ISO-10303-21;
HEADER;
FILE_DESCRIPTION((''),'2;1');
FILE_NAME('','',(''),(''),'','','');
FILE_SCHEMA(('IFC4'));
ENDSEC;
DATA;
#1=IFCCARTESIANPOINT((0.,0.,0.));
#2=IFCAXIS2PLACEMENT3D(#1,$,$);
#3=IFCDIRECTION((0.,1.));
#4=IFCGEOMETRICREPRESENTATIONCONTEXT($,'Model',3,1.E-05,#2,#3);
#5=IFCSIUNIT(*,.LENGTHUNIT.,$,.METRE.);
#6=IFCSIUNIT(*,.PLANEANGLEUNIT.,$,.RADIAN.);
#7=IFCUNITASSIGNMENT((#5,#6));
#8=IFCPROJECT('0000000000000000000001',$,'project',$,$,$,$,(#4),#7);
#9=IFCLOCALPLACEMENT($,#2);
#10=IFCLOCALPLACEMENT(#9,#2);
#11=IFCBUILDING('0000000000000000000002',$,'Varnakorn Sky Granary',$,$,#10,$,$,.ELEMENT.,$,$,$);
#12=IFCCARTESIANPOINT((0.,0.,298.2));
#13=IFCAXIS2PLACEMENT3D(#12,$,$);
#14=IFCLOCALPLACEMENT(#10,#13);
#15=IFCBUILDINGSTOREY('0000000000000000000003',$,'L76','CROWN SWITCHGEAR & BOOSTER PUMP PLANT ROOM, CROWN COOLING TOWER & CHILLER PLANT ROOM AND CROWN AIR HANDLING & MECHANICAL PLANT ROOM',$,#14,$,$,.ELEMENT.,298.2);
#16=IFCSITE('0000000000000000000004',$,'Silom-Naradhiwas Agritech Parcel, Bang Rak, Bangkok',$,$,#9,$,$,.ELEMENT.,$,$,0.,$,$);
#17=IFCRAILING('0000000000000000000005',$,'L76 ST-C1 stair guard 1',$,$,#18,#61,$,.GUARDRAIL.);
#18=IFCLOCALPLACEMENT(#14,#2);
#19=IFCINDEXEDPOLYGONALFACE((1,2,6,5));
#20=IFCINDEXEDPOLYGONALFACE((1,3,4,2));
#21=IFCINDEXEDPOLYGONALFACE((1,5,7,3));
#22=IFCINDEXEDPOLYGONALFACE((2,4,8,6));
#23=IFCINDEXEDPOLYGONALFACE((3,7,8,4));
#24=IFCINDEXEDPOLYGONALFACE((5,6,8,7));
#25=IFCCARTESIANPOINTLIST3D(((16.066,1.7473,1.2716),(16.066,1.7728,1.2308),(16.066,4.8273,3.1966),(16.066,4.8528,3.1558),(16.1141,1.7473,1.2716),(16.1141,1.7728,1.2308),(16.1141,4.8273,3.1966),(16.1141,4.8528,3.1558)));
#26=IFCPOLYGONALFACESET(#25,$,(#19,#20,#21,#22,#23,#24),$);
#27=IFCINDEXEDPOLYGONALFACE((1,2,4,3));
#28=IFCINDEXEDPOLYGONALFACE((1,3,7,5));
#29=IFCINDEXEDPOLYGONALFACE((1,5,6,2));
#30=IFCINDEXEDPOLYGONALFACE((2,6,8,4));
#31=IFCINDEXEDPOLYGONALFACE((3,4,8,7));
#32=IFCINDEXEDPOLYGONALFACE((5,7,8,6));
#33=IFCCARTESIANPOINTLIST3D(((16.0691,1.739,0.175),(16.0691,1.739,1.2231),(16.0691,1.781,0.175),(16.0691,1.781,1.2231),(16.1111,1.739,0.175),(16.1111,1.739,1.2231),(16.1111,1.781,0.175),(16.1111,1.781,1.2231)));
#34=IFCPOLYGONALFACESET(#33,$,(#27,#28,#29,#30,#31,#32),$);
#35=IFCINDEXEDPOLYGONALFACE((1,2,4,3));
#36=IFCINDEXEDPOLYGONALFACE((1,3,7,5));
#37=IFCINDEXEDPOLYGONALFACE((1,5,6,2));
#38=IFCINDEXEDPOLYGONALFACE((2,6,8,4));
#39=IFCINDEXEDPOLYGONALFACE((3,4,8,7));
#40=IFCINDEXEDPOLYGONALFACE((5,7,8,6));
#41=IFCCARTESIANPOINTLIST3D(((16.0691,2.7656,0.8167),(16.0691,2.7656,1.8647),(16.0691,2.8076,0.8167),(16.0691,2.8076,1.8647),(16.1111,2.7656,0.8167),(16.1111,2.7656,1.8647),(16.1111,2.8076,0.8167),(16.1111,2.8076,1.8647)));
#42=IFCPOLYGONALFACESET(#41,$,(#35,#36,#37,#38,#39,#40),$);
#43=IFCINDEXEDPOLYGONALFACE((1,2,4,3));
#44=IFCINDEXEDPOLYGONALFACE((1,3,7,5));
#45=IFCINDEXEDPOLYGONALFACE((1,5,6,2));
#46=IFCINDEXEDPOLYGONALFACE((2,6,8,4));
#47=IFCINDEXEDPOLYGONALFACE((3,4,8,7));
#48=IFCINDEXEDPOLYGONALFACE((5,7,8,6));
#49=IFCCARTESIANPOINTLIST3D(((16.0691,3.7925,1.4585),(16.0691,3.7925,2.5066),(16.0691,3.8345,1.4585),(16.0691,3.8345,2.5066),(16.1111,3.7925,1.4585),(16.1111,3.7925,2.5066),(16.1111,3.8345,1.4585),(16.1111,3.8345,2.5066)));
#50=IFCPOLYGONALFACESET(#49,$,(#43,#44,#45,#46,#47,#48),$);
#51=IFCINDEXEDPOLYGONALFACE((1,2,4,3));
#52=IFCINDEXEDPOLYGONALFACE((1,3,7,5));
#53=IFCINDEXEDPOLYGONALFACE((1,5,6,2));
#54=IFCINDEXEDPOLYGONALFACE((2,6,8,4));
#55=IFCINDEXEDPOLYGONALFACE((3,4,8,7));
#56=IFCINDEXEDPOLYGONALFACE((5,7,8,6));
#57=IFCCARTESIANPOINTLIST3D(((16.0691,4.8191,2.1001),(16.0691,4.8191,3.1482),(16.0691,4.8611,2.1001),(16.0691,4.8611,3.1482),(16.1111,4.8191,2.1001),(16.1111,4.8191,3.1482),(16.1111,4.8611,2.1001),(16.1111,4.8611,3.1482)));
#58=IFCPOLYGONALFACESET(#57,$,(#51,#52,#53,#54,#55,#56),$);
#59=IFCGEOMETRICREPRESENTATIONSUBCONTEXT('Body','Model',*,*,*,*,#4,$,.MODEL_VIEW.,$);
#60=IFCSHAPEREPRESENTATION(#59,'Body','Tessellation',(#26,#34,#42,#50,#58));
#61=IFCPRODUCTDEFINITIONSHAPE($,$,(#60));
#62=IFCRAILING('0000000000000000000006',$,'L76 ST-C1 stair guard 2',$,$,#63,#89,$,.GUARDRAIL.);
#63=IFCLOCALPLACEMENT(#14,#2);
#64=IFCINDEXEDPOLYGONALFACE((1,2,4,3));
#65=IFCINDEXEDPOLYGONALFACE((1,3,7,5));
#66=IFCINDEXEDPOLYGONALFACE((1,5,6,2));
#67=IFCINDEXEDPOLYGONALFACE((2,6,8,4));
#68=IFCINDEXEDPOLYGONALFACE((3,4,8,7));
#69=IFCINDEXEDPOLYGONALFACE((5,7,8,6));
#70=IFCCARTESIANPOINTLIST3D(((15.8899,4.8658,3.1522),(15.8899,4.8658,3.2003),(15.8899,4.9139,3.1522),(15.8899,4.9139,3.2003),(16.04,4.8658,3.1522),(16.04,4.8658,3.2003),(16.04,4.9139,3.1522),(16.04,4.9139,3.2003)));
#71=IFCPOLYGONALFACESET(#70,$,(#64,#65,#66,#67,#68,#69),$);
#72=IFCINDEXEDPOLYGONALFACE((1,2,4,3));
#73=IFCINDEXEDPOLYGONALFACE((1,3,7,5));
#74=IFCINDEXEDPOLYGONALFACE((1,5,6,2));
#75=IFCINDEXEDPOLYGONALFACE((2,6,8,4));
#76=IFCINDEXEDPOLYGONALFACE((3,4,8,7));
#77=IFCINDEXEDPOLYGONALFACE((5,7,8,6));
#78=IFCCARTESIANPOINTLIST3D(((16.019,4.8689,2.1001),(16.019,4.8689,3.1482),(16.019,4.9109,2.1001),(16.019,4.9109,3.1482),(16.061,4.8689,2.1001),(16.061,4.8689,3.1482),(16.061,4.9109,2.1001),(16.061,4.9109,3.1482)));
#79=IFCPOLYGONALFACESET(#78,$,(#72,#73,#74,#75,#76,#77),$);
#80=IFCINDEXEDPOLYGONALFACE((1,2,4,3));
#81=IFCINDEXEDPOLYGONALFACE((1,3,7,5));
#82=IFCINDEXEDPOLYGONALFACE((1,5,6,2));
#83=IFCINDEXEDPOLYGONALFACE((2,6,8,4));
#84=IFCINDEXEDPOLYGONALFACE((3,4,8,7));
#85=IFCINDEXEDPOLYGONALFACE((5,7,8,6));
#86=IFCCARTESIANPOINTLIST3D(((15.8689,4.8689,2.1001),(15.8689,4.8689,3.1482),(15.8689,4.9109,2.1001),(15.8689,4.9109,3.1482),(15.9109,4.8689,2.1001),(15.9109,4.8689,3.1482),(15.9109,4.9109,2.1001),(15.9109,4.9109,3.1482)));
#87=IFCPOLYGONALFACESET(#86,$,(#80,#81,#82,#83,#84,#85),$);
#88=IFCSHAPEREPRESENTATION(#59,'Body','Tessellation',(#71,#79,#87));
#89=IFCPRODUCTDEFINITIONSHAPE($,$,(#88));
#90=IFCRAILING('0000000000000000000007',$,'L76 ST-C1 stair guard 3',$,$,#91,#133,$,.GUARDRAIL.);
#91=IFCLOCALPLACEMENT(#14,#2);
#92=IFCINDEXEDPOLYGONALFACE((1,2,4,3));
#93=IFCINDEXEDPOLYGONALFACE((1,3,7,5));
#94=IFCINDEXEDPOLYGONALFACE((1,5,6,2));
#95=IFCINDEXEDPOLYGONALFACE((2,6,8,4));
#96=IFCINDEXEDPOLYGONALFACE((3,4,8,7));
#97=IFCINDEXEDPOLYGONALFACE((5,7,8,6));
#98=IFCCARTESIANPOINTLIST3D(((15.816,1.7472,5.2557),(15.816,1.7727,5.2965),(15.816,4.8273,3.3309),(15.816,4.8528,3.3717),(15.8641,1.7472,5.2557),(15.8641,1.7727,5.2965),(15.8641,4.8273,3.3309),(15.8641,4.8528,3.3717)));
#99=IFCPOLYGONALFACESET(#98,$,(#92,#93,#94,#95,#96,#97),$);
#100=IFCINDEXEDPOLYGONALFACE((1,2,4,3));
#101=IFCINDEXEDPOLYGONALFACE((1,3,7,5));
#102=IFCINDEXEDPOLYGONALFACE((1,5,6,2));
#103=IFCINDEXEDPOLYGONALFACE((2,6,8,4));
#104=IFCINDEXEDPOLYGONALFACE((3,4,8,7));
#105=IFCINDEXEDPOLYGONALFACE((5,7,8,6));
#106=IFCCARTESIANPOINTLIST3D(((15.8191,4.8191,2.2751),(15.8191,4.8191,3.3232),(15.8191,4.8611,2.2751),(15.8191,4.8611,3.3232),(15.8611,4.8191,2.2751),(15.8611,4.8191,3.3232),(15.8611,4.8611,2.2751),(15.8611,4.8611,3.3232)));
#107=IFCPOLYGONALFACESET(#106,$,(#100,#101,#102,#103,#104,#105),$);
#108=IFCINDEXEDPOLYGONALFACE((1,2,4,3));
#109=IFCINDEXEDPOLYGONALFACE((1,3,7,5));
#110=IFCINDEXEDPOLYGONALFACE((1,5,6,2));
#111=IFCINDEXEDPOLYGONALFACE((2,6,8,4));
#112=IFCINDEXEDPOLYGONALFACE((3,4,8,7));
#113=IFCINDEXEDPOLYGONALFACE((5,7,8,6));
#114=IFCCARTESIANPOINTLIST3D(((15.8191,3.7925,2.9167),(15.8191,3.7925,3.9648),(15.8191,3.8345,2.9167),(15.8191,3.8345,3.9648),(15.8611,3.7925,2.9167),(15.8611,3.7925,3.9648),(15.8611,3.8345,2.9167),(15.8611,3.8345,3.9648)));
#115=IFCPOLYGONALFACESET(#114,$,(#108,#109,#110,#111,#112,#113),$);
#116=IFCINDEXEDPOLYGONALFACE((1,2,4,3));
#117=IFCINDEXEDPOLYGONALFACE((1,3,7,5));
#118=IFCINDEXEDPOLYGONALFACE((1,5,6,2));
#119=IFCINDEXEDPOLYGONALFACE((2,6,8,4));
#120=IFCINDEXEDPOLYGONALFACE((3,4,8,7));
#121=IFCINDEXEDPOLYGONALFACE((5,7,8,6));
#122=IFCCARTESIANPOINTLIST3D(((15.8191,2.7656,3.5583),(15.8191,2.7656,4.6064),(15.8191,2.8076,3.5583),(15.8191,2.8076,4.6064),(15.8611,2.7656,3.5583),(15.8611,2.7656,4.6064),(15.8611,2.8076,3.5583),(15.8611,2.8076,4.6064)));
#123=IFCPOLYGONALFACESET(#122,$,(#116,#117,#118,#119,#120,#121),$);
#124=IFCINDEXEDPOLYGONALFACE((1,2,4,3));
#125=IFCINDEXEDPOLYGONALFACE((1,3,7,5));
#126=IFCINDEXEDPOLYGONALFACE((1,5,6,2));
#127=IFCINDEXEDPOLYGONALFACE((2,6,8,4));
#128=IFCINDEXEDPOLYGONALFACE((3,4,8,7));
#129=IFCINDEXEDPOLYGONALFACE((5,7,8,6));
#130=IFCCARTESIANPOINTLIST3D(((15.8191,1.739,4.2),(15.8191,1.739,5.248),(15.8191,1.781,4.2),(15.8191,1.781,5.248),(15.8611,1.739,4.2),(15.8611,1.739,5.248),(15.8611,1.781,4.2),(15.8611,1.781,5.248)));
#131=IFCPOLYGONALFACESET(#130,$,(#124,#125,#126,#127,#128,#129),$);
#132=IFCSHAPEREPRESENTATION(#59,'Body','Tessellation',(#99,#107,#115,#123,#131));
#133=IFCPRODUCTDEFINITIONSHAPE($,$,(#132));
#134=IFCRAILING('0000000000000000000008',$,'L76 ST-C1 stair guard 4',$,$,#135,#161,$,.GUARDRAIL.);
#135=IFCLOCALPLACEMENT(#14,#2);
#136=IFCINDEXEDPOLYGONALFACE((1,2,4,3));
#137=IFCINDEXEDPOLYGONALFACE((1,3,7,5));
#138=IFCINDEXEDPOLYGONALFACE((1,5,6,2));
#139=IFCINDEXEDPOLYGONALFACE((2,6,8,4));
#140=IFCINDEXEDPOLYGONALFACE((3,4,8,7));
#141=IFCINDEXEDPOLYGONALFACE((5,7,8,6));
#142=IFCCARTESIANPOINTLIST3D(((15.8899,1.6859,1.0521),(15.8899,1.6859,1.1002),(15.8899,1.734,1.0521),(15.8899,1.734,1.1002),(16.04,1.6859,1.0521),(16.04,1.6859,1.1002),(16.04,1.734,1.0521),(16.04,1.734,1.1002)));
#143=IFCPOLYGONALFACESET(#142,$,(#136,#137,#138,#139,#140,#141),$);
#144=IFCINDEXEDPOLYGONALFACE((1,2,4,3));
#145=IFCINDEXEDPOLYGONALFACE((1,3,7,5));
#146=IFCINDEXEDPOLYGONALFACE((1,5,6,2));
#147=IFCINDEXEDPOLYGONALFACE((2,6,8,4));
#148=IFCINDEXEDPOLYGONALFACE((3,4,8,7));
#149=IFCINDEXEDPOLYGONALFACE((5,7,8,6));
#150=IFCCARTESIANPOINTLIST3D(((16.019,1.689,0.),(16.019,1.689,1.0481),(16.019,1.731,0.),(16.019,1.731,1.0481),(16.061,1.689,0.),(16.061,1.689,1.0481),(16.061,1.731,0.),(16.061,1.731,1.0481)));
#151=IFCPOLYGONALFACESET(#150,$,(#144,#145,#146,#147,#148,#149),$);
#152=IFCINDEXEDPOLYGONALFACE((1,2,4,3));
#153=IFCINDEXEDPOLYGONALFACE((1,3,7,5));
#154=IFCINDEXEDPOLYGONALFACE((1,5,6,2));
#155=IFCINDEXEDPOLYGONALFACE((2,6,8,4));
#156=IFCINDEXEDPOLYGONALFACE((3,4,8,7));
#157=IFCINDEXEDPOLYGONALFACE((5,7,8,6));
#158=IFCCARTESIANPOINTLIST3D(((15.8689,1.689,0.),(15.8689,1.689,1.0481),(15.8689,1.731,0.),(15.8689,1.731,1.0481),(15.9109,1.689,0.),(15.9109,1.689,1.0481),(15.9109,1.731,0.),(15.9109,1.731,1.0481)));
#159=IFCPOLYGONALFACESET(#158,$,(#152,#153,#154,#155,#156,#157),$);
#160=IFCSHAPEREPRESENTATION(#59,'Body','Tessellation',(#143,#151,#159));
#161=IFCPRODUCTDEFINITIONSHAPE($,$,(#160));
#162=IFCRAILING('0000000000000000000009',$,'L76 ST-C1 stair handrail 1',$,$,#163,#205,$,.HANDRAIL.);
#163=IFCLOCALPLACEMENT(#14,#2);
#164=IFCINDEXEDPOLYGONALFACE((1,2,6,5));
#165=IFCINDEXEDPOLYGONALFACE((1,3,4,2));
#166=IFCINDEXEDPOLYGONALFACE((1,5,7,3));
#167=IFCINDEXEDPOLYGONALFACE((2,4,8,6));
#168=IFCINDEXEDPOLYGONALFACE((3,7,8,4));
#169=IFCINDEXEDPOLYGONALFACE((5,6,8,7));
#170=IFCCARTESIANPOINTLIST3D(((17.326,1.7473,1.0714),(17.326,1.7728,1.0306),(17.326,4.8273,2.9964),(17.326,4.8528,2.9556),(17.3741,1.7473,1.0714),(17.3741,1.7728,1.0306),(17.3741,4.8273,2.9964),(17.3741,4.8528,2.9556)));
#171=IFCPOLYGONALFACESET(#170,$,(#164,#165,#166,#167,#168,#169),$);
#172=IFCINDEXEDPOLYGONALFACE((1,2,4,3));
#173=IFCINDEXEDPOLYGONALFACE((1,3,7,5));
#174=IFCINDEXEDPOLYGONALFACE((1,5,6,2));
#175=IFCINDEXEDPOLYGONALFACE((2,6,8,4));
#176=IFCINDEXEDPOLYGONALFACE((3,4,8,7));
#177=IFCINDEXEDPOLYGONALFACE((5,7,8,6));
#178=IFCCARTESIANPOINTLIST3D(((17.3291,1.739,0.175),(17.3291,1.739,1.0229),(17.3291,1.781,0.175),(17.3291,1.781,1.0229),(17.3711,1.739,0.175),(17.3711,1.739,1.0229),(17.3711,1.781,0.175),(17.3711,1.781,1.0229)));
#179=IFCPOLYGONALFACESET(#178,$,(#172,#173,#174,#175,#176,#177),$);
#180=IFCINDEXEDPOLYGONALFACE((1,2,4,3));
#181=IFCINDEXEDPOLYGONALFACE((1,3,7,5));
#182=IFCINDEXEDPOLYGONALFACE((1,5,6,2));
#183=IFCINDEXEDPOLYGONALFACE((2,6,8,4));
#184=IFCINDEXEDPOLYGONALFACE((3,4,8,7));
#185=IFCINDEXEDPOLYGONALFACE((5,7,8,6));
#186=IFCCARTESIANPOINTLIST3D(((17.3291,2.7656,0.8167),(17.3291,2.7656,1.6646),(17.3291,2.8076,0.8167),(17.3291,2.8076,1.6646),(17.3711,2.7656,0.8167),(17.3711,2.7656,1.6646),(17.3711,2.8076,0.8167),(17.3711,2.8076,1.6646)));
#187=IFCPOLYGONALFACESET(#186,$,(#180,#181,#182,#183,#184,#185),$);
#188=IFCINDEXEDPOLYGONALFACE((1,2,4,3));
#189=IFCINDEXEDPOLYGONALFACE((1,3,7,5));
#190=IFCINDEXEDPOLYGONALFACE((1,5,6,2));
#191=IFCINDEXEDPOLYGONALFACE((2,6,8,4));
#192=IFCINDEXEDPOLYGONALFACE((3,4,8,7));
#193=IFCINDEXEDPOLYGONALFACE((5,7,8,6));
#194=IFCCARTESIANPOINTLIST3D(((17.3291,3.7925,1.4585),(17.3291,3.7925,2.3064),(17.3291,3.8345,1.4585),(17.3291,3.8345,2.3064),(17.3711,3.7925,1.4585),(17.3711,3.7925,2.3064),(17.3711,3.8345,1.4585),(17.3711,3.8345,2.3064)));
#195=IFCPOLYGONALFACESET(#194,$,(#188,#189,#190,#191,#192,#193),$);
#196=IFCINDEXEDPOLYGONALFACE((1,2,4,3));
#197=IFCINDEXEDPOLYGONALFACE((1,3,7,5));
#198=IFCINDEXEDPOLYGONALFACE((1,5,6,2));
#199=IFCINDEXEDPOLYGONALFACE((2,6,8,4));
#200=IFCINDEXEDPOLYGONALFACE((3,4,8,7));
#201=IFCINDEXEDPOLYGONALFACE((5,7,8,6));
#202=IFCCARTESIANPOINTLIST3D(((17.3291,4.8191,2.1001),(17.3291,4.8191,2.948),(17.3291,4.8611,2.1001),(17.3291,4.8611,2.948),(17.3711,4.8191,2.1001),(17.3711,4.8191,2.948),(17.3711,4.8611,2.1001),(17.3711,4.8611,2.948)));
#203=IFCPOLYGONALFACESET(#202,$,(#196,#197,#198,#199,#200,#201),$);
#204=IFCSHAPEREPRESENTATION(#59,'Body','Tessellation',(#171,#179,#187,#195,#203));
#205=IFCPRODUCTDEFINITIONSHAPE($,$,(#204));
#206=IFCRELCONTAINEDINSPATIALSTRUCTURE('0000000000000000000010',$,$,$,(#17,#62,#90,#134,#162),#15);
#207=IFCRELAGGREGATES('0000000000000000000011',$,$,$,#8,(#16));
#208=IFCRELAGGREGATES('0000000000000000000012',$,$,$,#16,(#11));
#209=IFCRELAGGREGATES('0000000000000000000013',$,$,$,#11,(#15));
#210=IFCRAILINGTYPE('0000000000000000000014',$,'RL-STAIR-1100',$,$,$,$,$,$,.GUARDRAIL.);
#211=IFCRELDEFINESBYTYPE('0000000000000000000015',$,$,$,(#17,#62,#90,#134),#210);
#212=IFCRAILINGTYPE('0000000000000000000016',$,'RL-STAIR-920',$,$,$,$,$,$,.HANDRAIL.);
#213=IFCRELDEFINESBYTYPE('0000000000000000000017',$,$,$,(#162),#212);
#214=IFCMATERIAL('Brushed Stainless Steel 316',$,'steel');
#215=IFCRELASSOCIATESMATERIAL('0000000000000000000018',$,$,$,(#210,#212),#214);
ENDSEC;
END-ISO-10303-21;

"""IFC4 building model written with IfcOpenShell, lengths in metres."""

from ifc_helpers import new_model, si_unit, direction, frame, origin, origin_2d, place, context, subcontext, project, spatial, rectangle, extrude, material, type_object, element, save


model = new_model("IFC4")

# Units and contexts
model_context = context("Model", 3, precision=1e-05, world=origin(), true_north=direction((0.0, 1.0)))
body_context = subcontext(model_context, "Body", "Model", "MODEL_VIEW")
ifc_project = project(units=[si_unit("LENGTHUNIT", "METRE"), si_unit("PLANEANGLEUNIT", "RADIAN")], contexts=[model_context])

# Site, building, storey
site_placement = place(None, origin())
site = spatial("IfcSite", under=ifc_project, at=site_placement, Name="Silom-Naradhiwas Agritech Parcel, Bang Rak, Bangkok", CompositionType="ELEMENT", RefElevation=0.0)
building_placement = place(site_placement, origin())
building = spatial("IfcBuilding", under=site, at=building_placement, Name="Varnakorn Sky Granary", CompositionType="ELEMENT")
storey_placement = place(building_placement, frame((0.0, 0.0, 298.2)))
storey = spatial("IfcBuildingStorey", under=building, at=storey_placement, Name="L76", Description="CROWN SWITCHGEAR & BOOSTER PUMP PLANT ROOM, CROWN COOLING TOWER & CHILLER PLANT ROOM AND CROWN AIR HANDLING & MECHANICAL PLANT ROOM", CompositionType="ELEMENT", Elevation=298.2)

# Railings
ifc_material_1 = material(Name="Brushed Stainless Steel 316", Category="steel")
railing_type_1 = type_object("IfcRailingType", Name="RL-STAIR-1100", PredefinedType="GUARDRAIL", material=ifc_material_1)
railing_1_placement = place(storey_placement, frame((16.0901, 1.76, 0.175)))
element("IfcRailing", 1, at=railing_1_placement, inside=storey, type_object=railing_type_1, Name="L76 ST-C1 stair guard 1", PredefinedType="GUARDRAIL", context=body_context, shape_type="SweptSolid", body=[
    extrude(rectangle(XDim=0.0481, YDim=0.0481, at=origin_2d()), frame((0.0, 0.0, 1.0762), z_axis=(0.0, 0.847998, 0.529999), x_axis=(-1.0, 0.0, 0.0)), (0.0, 0.0, 1.0), 3.6321),
    extrude(rectangle(XDim=0.042, YDim=0.042, at=origin_2d()), origin(), (0.0, 0.0, 1.0), 1.0481),
    extrude(rectangle(XDim=0.042, YDim=0.042, at=origin_2d()), frame((0.0, 1.0266, 0.6416)), (0.0, 0.0, 1.0), 1.0481),
    extrude(rectangle(XDim=0.042, YDim=0.042, at=origin_2d()), frame((0.0, 2.0535, 1.2834)), (0.0, 0.0, 1.0), 1.0481),
    extrude(rectangle(XDim=0.042, YDim=0.042, at=origin_2d()), frame((0.0, 3.0801, 1.925)), (0.0, 0.0, 1.0), 1.0481),
])
railing_2_placement = place(storey_placement, frame((16.04, 4.8899, 2.1001)))
element("IfcRailing", 2, at=railing_2_placement, inside=storey, type_object=railing_type_1, Name="L76 ST-C1 stair guard 2", PredefinedType="GUARDRAIL", context=body_context, shape_type="SweptSolid", body=[
    extrude(rectangle(XDim=0.0481, YDim=0.0481, at=origin_2d()), frame((0.0, 0.0, 1.0762), z_axis=(-1.0, 0.0, 0.0), x_axis=(0.0, -1.0, 0.0)), (0.0, 0.0, 1.0), 0.1501),
    extrude(rectangle(XDim=0.042, YDim=0.042, at=origin_2d()), origin(), (0.0, 0.0, 1.0), 1.0481),
    extrude(rectangle(XDim=0.042, YDim=0.042, at=origin_2d()), frame((-0.1501, 0.0, 0.0)), (0.0, 0.0, 1.0), 1.0481),
])
railing_3_placement = place(storey_placement, frame((15.8401, 4.8401, 2.2751)))
element("IfcRailing", 3, at=railing_3_placement, inside=storey, type_object=railing_type_1, Name="L76 ST-C1 stair guard 3", PredefinedType="GUARDRAIL", context=body_context, shape_type="SweptSolid", body=[
    extrude(rectangle(XDim=0.0481, YDim=0.0481, at=origin_2d()), frame((0.0, 0.0, 1.0762), z_axis=(0.0, -0.848029, 0.529951), x_axis=(1.0, 0.0, 0.0)), (0.0, 0.0, 1.0), 3.6321),
    extrude(rectangle(XDim=0.042, YDim=0.042, at=origin_2d()), origin(), (0.0, 0.0, 1.0), 1.0481),
    extrude(rectangle(XDim=0.042, YDim=0.042, at=origin_2d()), frame((0.0, -1.0266, 0.6416)), (0.0, 0.0, 1.0), 1.0481),
    extrude(rectangle(XDim=0.042, YDim=0.042, at=origin_2d()), frame((0.0, -2.0535, 1.2832)), (0.0, 0.0, 1.0), 1.0481),
    extrude(rectangle(XDim=0.042, YDim=0.042, at=origin_2d()), frame((0.0, -3.0801, 1.9248)), (0.0, 0.0, 1.0), 1.0481),
])
railing_4_placement = place(storey_placement, frame((16.04, 1.71, 0.0)))
element("IfcRailing", 4, at=railing_4_placement, inside=storey, type_object=railing_type_1, Name="L76 ST-C1 stair guard 4", PredefinedType="GUARDRAIL", context=body_context, shape_type="SweptSolid", body=[
    extrude(rectangle(XDim=0.0481, YDim=0.0481, at=origin_2d()), frame((0.0, 0.0, 1.0762), z_axis=(-1.0, 0.0, 0.0), x_axis=(0.0, -1.0, 0.0)), (0.0, 0.0, 1.0), 0.1501),
    extrude(rectangle(XDim=0.042, YDim=0.042, at=origin_2d()), origin(), (0.0, 0.0, 1.0), 1.0481),
    extrude(rectangle(XDim=0.042, YDim=0.042, at=origin_2d()), frame((-0.1501, 0.0, 0.0)), (0.0, 0.0, 1.0), 1.0481),
])
railing_type_2 = type_object("IfcRailingType", Name="RL-STAIR-920", PredefinedType="HANDRAIL", material=ifc_material_1)
railing_5_placement = place(storey_placement, frame((17.3501, 1.76, 0.175)))
element("IfcRailing", 5, at=railing_5_placement, inside=storey, type_object=railing_type_2, Name="L76 ST-C1 stair handrail 1", PredefinedType="HANDRAIL", context=body_context, shape_type="SweptSolid", body=[
    extrude(rectangle(XDim=0.0481, YDim=0.0481, at=origin_2d()), frame((0.0, 0.0, 0.876), z_axis=(0.0, 0.847998, 0.529999), x_axis=(-1.0, 0.0, 0.0)), (0.0, 0.0, 1.0), 3.6321),
    extrude(rectangle(XDim=0.042, YDim=0.042, at=origin_2d()), origin(), (0.0, 0.0, 1.0), 0.8479),
    extrude(rectangle(XDim=0.042, YDim=0.042, at=origin_2d()), frame((0.0, 1.0266, 0.6416)), (0.0, 0.0, 1.0), 0.8479),
    extrude(rectangle(XDim=0.042, YDim=0.042, at=origin_2d()), frame((0.0, 2.0535, 1.2834)), (0.0, 0.0, 1.0), 0.8479),
    extrude(rectangle(XDim=0.042, YDim=0.042, at=origin_2d()), frame((0.0, 3.0801, 1.925)), (0.0, 0.0, 1.0), 0.8479),
])

save(model, "model.ifc")
